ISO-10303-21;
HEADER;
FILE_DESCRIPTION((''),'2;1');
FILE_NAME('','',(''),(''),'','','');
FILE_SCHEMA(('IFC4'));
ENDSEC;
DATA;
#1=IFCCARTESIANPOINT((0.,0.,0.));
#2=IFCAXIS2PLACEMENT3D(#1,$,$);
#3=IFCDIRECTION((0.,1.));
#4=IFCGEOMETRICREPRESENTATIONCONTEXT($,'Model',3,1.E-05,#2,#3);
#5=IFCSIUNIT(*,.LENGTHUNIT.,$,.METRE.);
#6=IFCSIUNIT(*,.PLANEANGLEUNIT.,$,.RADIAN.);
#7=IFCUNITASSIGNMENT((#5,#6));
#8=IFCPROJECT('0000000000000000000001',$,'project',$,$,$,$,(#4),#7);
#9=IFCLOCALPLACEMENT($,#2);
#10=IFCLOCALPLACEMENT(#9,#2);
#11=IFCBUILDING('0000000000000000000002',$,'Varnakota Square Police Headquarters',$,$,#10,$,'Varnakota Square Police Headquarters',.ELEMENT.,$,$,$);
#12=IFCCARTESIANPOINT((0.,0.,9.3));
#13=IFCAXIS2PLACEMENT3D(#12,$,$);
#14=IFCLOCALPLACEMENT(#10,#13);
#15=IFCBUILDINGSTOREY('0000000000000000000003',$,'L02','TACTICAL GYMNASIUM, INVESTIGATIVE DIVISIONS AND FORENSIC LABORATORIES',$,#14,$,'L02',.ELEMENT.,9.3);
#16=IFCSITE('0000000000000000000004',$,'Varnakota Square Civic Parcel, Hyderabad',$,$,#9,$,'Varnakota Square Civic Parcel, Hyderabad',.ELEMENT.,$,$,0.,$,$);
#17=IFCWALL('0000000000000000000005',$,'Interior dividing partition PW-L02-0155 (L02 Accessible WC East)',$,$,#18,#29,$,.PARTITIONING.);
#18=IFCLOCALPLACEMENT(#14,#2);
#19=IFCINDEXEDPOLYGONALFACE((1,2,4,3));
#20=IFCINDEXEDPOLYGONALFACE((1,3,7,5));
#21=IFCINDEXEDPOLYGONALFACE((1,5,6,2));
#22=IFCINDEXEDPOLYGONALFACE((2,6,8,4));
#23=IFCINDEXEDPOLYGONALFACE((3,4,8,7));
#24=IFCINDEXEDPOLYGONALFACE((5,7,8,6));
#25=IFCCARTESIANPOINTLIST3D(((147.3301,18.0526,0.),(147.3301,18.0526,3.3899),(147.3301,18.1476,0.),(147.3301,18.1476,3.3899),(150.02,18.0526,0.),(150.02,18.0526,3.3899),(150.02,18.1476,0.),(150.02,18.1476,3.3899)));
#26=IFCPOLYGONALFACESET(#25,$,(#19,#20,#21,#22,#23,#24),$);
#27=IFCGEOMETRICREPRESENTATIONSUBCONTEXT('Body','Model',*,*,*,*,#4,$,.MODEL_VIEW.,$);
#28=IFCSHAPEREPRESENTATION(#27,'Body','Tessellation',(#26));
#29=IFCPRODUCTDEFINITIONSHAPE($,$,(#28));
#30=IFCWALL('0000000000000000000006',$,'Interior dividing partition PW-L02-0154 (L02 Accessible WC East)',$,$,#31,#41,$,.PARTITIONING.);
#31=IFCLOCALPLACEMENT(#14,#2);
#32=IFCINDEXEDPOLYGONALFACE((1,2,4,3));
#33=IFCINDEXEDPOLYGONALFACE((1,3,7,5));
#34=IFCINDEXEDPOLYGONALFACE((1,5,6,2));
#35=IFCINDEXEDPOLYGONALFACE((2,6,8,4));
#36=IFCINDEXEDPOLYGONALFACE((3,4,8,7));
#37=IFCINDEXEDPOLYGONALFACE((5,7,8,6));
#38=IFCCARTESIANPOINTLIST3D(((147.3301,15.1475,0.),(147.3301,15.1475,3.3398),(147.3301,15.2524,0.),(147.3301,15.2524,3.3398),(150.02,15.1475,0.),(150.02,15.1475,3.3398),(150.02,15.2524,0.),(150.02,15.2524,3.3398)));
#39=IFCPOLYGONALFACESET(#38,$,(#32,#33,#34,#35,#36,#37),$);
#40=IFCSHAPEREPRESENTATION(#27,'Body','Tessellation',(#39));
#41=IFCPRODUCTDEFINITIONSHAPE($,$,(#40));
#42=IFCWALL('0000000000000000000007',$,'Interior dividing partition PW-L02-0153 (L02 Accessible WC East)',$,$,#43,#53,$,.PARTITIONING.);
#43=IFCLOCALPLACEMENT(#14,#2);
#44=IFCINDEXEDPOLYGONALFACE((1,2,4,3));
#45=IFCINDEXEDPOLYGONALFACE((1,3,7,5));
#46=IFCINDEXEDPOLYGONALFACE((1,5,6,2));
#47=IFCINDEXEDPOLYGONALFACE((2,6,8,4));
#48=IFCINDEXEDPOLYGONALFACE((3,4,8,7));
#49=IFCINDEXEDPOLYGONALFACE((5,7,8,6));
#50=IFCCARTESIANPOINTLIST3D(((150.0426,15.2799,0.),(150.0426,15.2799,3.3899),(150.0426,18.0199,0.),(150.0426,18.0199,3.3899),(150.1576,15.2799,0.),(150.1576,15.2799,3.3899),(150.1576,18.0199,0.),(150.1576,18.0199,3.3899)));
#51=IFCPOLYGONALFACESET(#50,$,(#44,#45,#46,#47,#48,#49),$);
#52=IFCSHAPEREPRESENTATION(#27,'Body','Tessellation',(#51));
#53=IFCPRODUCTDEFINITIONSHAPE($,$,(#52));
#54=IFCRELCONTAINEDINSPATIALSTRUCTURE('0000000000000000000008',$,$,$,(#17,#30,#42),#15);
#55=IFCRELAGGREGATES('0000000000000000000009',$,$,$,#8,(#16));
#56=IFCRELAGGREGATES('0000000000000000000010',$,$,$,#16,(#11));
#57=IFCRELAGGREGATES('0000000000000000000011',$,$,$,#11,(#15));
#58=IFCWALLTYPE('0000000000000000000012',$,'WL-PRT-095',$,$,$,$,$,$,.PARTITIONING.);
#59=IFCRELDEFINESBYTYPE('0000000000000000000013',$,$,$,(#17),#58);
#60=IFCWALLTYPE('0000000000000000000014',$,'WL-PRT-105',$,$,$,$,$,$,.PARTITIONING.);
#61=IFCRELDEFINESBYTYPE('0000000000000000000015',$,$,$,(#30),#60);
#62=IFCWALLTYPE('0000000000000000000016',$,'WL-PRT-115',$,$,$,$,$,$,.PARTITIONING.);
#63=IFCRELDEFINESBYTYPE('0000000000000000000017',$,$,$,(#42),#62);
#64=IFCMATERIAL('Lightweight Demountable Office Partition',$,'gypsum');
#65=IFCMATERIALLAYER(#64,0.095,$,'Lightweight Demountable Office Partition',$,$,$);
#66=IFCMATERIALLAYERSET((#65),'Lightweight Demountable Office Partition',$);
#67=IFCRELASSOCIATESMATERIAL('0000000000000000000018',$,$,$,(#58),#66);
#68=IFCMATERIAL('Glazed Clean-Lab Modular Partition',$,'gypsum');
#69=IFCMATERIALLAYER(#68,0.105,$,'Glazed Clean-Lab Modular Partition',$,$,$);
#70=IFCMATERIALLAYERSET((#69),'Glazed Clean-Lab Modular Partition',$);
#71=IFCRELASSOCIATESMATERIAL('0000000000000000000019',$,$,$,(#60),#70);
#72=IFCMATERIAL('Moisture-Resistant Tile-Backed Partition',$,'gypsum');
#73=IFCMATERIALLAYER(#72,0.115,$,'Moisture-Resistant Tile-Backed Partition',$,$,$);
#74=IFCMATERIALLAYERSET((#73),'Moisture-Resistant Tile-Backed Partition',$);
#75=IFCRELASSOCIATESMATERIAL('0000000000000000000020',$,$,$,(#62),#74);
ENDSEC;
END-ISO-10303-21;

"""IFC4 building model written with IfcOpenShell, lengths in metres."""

from ifc_helpers import new_model, si_unit, direction, frame, frame_2d, origin, place, context, subcontext, project, spatial, rectangle, extrude, material, layer, layer_set, type_object, element, save


model = new_model("IFC4")

# Units and contexts
model_context = context("Model", 3, precision=1e-05, world=origin(), true_north=direction((0.0, 1.0)))
body_context = subcontext(model_context, "Body", "Model", "MODEL_VIEW")
ifc_project = project(units=[si_unit("LENGTHUNIT", "METRE"), si_unit("PLANEANGLEUNIT", "RADIAN")], contexts=[model_context])

# Site, building, storey
site_placement = place(None, origin())
site = spatial("IfcSite", under=ifc_project, at=site_placement, Name="Varnakota Square Civic Parcel, Hyderabad", LongName="Varnakota Square Civic Parcel, Hyderabad", CompositionType="ELEMENT", RefElevation=0.0)
building_placement = place(site_placement, origin())
building = spatial("IfcBuilding", under=site, at=building_placement, Name="Varnakota Square Police Headquarters", LongName="Varnakota Square Police Headquarters", CompositionType="ELEMENT")
storey_placement = place(building_placement, frame((0.0, 0.0, 9.3)))
storey = spatial("IfcBuildingStorey", under=building, at=storey_placement, Name="L02", Description="TACTICAL GYMNASIUM, INVESTIGATIVE DIVISIONS AND FORENSIC LABORATORIES", LongName="L02", CompositionType="ELEMENT", Elevation=9.3)

# Walls
ifc_material_1 = material(Name="Lightweight Demountable Office Partition", Category="gypsum")
ifc_layer_1 = layer(ifc_material_1, 0.095, Name="Lightweight Demountable Office Partition")
ifc_layer_set_1 = layer_set([ifc_layer_1], Name="Lightweight Demountable Office Partition")
wall_type_1 = type_object("IfcWallType", Name="WL-PRT-095", PredefinedType="PARTITIONING", material=ifc_layer_set_1)
wall_1_placement = place(storey_placement, frame((147.3301, 18.1001, 0.0), z_axis=(0.0, 0.0, 1.0), x_axis=(1.0, 0.0, 0.0)))
element("IfcWall", 1, at=wall_1_placement, inside=storey, type_object=wall_type_1, Name="Interior dividing partition PW-L02-0155 (L02 Accessible WC East)", PredefinedType="PARTITIONING", context=body_context, shape_type="SweptSolid", body=[
    extrude(rectangle(XDim=2.6899, YDim=0.095, at=frame_2d((1.345, 0.0))), origin(), (0.0, 0.0, 1.0), 3.3899),
])
ifc_material_2 = material(Name="Glazed Clean-Lab Modular Partition", Category="gypsum")
ifc_layer_2 = layer(ifc_material_2, 0.105, Name="Glazed Clean-Lab Modular Partition")
ifc_layer_set_2 = layer_set([ifc_layer_2], Name="Glazed Clean-Lab Modular Partition")
wall_type_2 = type_object("IfcWallType", Name="WL-PRT-105", PredefinedType="PARTITIONING", material=ifc_layer_set_2)
wall_2_placement = place(storey_placement, frame((150.02, 15.2, 0.0), z_axis=(0.0, 0.0, 1.0), x_axis=(-1.0, 0.0, 0.0)))
element("IfcWall", 2, at=wall_2_placement, inside=storey, type_object=wall_type_2, Name="Interior dividing partition PW-L02-0154 (L02 Accessible WC East)", PredefinedType="PARTITIONING", context=body_context, shape_type="SweptSolid", body=[
    extrude(rectangle(XDim=2.6899, YDim=0.105, at=frame_2d((1.345, 0.0))), origin(), (0.0, 0.0, 1.0), 3.3398),
])
ifc_material_3 = material(Name="Moisture-Resistant Tile-Backed Partition", Category="gypsum")
ifc_layer_3 = layer(ifc_material_3, 0.115, Name="Moisture-Resistant Tile-Backed Partition")
ifc_layer_set_3 = layer_set([ifc_layer_3], Name="Moisture-Resistant Tile-Backed Partition")
wall_type_3 = type_object("IfcWallType", Name="WL-PRT-115", PredefinedType="PARTITIONING", material=ifc_layer_set_3)
wall_3_placement = place(storey_placement, frame((150.1001, 18.02, 0.0), z_axis=(0.0, 0.0, 1.0), x_axis=(0.0, -1.0, 0.0)))
element("IfcWall", 3, at=wall_3_placement, inside=storey, type_object=wall_type_3, Name="Interior dividing partition PW-L02-0153 (L02 Accessible WC East)", PredefinedType="PARTITIONING", context=body_context, shape_type="SweptSolid", body=[
    extrude(rectangle(XDim=2.74, YDim=0.115, at=frame_2d((1.3701, 0.0))), origin(), (0.0, 0.0, 1.0), 3.3899),
])

save(model, "model.ifc")
